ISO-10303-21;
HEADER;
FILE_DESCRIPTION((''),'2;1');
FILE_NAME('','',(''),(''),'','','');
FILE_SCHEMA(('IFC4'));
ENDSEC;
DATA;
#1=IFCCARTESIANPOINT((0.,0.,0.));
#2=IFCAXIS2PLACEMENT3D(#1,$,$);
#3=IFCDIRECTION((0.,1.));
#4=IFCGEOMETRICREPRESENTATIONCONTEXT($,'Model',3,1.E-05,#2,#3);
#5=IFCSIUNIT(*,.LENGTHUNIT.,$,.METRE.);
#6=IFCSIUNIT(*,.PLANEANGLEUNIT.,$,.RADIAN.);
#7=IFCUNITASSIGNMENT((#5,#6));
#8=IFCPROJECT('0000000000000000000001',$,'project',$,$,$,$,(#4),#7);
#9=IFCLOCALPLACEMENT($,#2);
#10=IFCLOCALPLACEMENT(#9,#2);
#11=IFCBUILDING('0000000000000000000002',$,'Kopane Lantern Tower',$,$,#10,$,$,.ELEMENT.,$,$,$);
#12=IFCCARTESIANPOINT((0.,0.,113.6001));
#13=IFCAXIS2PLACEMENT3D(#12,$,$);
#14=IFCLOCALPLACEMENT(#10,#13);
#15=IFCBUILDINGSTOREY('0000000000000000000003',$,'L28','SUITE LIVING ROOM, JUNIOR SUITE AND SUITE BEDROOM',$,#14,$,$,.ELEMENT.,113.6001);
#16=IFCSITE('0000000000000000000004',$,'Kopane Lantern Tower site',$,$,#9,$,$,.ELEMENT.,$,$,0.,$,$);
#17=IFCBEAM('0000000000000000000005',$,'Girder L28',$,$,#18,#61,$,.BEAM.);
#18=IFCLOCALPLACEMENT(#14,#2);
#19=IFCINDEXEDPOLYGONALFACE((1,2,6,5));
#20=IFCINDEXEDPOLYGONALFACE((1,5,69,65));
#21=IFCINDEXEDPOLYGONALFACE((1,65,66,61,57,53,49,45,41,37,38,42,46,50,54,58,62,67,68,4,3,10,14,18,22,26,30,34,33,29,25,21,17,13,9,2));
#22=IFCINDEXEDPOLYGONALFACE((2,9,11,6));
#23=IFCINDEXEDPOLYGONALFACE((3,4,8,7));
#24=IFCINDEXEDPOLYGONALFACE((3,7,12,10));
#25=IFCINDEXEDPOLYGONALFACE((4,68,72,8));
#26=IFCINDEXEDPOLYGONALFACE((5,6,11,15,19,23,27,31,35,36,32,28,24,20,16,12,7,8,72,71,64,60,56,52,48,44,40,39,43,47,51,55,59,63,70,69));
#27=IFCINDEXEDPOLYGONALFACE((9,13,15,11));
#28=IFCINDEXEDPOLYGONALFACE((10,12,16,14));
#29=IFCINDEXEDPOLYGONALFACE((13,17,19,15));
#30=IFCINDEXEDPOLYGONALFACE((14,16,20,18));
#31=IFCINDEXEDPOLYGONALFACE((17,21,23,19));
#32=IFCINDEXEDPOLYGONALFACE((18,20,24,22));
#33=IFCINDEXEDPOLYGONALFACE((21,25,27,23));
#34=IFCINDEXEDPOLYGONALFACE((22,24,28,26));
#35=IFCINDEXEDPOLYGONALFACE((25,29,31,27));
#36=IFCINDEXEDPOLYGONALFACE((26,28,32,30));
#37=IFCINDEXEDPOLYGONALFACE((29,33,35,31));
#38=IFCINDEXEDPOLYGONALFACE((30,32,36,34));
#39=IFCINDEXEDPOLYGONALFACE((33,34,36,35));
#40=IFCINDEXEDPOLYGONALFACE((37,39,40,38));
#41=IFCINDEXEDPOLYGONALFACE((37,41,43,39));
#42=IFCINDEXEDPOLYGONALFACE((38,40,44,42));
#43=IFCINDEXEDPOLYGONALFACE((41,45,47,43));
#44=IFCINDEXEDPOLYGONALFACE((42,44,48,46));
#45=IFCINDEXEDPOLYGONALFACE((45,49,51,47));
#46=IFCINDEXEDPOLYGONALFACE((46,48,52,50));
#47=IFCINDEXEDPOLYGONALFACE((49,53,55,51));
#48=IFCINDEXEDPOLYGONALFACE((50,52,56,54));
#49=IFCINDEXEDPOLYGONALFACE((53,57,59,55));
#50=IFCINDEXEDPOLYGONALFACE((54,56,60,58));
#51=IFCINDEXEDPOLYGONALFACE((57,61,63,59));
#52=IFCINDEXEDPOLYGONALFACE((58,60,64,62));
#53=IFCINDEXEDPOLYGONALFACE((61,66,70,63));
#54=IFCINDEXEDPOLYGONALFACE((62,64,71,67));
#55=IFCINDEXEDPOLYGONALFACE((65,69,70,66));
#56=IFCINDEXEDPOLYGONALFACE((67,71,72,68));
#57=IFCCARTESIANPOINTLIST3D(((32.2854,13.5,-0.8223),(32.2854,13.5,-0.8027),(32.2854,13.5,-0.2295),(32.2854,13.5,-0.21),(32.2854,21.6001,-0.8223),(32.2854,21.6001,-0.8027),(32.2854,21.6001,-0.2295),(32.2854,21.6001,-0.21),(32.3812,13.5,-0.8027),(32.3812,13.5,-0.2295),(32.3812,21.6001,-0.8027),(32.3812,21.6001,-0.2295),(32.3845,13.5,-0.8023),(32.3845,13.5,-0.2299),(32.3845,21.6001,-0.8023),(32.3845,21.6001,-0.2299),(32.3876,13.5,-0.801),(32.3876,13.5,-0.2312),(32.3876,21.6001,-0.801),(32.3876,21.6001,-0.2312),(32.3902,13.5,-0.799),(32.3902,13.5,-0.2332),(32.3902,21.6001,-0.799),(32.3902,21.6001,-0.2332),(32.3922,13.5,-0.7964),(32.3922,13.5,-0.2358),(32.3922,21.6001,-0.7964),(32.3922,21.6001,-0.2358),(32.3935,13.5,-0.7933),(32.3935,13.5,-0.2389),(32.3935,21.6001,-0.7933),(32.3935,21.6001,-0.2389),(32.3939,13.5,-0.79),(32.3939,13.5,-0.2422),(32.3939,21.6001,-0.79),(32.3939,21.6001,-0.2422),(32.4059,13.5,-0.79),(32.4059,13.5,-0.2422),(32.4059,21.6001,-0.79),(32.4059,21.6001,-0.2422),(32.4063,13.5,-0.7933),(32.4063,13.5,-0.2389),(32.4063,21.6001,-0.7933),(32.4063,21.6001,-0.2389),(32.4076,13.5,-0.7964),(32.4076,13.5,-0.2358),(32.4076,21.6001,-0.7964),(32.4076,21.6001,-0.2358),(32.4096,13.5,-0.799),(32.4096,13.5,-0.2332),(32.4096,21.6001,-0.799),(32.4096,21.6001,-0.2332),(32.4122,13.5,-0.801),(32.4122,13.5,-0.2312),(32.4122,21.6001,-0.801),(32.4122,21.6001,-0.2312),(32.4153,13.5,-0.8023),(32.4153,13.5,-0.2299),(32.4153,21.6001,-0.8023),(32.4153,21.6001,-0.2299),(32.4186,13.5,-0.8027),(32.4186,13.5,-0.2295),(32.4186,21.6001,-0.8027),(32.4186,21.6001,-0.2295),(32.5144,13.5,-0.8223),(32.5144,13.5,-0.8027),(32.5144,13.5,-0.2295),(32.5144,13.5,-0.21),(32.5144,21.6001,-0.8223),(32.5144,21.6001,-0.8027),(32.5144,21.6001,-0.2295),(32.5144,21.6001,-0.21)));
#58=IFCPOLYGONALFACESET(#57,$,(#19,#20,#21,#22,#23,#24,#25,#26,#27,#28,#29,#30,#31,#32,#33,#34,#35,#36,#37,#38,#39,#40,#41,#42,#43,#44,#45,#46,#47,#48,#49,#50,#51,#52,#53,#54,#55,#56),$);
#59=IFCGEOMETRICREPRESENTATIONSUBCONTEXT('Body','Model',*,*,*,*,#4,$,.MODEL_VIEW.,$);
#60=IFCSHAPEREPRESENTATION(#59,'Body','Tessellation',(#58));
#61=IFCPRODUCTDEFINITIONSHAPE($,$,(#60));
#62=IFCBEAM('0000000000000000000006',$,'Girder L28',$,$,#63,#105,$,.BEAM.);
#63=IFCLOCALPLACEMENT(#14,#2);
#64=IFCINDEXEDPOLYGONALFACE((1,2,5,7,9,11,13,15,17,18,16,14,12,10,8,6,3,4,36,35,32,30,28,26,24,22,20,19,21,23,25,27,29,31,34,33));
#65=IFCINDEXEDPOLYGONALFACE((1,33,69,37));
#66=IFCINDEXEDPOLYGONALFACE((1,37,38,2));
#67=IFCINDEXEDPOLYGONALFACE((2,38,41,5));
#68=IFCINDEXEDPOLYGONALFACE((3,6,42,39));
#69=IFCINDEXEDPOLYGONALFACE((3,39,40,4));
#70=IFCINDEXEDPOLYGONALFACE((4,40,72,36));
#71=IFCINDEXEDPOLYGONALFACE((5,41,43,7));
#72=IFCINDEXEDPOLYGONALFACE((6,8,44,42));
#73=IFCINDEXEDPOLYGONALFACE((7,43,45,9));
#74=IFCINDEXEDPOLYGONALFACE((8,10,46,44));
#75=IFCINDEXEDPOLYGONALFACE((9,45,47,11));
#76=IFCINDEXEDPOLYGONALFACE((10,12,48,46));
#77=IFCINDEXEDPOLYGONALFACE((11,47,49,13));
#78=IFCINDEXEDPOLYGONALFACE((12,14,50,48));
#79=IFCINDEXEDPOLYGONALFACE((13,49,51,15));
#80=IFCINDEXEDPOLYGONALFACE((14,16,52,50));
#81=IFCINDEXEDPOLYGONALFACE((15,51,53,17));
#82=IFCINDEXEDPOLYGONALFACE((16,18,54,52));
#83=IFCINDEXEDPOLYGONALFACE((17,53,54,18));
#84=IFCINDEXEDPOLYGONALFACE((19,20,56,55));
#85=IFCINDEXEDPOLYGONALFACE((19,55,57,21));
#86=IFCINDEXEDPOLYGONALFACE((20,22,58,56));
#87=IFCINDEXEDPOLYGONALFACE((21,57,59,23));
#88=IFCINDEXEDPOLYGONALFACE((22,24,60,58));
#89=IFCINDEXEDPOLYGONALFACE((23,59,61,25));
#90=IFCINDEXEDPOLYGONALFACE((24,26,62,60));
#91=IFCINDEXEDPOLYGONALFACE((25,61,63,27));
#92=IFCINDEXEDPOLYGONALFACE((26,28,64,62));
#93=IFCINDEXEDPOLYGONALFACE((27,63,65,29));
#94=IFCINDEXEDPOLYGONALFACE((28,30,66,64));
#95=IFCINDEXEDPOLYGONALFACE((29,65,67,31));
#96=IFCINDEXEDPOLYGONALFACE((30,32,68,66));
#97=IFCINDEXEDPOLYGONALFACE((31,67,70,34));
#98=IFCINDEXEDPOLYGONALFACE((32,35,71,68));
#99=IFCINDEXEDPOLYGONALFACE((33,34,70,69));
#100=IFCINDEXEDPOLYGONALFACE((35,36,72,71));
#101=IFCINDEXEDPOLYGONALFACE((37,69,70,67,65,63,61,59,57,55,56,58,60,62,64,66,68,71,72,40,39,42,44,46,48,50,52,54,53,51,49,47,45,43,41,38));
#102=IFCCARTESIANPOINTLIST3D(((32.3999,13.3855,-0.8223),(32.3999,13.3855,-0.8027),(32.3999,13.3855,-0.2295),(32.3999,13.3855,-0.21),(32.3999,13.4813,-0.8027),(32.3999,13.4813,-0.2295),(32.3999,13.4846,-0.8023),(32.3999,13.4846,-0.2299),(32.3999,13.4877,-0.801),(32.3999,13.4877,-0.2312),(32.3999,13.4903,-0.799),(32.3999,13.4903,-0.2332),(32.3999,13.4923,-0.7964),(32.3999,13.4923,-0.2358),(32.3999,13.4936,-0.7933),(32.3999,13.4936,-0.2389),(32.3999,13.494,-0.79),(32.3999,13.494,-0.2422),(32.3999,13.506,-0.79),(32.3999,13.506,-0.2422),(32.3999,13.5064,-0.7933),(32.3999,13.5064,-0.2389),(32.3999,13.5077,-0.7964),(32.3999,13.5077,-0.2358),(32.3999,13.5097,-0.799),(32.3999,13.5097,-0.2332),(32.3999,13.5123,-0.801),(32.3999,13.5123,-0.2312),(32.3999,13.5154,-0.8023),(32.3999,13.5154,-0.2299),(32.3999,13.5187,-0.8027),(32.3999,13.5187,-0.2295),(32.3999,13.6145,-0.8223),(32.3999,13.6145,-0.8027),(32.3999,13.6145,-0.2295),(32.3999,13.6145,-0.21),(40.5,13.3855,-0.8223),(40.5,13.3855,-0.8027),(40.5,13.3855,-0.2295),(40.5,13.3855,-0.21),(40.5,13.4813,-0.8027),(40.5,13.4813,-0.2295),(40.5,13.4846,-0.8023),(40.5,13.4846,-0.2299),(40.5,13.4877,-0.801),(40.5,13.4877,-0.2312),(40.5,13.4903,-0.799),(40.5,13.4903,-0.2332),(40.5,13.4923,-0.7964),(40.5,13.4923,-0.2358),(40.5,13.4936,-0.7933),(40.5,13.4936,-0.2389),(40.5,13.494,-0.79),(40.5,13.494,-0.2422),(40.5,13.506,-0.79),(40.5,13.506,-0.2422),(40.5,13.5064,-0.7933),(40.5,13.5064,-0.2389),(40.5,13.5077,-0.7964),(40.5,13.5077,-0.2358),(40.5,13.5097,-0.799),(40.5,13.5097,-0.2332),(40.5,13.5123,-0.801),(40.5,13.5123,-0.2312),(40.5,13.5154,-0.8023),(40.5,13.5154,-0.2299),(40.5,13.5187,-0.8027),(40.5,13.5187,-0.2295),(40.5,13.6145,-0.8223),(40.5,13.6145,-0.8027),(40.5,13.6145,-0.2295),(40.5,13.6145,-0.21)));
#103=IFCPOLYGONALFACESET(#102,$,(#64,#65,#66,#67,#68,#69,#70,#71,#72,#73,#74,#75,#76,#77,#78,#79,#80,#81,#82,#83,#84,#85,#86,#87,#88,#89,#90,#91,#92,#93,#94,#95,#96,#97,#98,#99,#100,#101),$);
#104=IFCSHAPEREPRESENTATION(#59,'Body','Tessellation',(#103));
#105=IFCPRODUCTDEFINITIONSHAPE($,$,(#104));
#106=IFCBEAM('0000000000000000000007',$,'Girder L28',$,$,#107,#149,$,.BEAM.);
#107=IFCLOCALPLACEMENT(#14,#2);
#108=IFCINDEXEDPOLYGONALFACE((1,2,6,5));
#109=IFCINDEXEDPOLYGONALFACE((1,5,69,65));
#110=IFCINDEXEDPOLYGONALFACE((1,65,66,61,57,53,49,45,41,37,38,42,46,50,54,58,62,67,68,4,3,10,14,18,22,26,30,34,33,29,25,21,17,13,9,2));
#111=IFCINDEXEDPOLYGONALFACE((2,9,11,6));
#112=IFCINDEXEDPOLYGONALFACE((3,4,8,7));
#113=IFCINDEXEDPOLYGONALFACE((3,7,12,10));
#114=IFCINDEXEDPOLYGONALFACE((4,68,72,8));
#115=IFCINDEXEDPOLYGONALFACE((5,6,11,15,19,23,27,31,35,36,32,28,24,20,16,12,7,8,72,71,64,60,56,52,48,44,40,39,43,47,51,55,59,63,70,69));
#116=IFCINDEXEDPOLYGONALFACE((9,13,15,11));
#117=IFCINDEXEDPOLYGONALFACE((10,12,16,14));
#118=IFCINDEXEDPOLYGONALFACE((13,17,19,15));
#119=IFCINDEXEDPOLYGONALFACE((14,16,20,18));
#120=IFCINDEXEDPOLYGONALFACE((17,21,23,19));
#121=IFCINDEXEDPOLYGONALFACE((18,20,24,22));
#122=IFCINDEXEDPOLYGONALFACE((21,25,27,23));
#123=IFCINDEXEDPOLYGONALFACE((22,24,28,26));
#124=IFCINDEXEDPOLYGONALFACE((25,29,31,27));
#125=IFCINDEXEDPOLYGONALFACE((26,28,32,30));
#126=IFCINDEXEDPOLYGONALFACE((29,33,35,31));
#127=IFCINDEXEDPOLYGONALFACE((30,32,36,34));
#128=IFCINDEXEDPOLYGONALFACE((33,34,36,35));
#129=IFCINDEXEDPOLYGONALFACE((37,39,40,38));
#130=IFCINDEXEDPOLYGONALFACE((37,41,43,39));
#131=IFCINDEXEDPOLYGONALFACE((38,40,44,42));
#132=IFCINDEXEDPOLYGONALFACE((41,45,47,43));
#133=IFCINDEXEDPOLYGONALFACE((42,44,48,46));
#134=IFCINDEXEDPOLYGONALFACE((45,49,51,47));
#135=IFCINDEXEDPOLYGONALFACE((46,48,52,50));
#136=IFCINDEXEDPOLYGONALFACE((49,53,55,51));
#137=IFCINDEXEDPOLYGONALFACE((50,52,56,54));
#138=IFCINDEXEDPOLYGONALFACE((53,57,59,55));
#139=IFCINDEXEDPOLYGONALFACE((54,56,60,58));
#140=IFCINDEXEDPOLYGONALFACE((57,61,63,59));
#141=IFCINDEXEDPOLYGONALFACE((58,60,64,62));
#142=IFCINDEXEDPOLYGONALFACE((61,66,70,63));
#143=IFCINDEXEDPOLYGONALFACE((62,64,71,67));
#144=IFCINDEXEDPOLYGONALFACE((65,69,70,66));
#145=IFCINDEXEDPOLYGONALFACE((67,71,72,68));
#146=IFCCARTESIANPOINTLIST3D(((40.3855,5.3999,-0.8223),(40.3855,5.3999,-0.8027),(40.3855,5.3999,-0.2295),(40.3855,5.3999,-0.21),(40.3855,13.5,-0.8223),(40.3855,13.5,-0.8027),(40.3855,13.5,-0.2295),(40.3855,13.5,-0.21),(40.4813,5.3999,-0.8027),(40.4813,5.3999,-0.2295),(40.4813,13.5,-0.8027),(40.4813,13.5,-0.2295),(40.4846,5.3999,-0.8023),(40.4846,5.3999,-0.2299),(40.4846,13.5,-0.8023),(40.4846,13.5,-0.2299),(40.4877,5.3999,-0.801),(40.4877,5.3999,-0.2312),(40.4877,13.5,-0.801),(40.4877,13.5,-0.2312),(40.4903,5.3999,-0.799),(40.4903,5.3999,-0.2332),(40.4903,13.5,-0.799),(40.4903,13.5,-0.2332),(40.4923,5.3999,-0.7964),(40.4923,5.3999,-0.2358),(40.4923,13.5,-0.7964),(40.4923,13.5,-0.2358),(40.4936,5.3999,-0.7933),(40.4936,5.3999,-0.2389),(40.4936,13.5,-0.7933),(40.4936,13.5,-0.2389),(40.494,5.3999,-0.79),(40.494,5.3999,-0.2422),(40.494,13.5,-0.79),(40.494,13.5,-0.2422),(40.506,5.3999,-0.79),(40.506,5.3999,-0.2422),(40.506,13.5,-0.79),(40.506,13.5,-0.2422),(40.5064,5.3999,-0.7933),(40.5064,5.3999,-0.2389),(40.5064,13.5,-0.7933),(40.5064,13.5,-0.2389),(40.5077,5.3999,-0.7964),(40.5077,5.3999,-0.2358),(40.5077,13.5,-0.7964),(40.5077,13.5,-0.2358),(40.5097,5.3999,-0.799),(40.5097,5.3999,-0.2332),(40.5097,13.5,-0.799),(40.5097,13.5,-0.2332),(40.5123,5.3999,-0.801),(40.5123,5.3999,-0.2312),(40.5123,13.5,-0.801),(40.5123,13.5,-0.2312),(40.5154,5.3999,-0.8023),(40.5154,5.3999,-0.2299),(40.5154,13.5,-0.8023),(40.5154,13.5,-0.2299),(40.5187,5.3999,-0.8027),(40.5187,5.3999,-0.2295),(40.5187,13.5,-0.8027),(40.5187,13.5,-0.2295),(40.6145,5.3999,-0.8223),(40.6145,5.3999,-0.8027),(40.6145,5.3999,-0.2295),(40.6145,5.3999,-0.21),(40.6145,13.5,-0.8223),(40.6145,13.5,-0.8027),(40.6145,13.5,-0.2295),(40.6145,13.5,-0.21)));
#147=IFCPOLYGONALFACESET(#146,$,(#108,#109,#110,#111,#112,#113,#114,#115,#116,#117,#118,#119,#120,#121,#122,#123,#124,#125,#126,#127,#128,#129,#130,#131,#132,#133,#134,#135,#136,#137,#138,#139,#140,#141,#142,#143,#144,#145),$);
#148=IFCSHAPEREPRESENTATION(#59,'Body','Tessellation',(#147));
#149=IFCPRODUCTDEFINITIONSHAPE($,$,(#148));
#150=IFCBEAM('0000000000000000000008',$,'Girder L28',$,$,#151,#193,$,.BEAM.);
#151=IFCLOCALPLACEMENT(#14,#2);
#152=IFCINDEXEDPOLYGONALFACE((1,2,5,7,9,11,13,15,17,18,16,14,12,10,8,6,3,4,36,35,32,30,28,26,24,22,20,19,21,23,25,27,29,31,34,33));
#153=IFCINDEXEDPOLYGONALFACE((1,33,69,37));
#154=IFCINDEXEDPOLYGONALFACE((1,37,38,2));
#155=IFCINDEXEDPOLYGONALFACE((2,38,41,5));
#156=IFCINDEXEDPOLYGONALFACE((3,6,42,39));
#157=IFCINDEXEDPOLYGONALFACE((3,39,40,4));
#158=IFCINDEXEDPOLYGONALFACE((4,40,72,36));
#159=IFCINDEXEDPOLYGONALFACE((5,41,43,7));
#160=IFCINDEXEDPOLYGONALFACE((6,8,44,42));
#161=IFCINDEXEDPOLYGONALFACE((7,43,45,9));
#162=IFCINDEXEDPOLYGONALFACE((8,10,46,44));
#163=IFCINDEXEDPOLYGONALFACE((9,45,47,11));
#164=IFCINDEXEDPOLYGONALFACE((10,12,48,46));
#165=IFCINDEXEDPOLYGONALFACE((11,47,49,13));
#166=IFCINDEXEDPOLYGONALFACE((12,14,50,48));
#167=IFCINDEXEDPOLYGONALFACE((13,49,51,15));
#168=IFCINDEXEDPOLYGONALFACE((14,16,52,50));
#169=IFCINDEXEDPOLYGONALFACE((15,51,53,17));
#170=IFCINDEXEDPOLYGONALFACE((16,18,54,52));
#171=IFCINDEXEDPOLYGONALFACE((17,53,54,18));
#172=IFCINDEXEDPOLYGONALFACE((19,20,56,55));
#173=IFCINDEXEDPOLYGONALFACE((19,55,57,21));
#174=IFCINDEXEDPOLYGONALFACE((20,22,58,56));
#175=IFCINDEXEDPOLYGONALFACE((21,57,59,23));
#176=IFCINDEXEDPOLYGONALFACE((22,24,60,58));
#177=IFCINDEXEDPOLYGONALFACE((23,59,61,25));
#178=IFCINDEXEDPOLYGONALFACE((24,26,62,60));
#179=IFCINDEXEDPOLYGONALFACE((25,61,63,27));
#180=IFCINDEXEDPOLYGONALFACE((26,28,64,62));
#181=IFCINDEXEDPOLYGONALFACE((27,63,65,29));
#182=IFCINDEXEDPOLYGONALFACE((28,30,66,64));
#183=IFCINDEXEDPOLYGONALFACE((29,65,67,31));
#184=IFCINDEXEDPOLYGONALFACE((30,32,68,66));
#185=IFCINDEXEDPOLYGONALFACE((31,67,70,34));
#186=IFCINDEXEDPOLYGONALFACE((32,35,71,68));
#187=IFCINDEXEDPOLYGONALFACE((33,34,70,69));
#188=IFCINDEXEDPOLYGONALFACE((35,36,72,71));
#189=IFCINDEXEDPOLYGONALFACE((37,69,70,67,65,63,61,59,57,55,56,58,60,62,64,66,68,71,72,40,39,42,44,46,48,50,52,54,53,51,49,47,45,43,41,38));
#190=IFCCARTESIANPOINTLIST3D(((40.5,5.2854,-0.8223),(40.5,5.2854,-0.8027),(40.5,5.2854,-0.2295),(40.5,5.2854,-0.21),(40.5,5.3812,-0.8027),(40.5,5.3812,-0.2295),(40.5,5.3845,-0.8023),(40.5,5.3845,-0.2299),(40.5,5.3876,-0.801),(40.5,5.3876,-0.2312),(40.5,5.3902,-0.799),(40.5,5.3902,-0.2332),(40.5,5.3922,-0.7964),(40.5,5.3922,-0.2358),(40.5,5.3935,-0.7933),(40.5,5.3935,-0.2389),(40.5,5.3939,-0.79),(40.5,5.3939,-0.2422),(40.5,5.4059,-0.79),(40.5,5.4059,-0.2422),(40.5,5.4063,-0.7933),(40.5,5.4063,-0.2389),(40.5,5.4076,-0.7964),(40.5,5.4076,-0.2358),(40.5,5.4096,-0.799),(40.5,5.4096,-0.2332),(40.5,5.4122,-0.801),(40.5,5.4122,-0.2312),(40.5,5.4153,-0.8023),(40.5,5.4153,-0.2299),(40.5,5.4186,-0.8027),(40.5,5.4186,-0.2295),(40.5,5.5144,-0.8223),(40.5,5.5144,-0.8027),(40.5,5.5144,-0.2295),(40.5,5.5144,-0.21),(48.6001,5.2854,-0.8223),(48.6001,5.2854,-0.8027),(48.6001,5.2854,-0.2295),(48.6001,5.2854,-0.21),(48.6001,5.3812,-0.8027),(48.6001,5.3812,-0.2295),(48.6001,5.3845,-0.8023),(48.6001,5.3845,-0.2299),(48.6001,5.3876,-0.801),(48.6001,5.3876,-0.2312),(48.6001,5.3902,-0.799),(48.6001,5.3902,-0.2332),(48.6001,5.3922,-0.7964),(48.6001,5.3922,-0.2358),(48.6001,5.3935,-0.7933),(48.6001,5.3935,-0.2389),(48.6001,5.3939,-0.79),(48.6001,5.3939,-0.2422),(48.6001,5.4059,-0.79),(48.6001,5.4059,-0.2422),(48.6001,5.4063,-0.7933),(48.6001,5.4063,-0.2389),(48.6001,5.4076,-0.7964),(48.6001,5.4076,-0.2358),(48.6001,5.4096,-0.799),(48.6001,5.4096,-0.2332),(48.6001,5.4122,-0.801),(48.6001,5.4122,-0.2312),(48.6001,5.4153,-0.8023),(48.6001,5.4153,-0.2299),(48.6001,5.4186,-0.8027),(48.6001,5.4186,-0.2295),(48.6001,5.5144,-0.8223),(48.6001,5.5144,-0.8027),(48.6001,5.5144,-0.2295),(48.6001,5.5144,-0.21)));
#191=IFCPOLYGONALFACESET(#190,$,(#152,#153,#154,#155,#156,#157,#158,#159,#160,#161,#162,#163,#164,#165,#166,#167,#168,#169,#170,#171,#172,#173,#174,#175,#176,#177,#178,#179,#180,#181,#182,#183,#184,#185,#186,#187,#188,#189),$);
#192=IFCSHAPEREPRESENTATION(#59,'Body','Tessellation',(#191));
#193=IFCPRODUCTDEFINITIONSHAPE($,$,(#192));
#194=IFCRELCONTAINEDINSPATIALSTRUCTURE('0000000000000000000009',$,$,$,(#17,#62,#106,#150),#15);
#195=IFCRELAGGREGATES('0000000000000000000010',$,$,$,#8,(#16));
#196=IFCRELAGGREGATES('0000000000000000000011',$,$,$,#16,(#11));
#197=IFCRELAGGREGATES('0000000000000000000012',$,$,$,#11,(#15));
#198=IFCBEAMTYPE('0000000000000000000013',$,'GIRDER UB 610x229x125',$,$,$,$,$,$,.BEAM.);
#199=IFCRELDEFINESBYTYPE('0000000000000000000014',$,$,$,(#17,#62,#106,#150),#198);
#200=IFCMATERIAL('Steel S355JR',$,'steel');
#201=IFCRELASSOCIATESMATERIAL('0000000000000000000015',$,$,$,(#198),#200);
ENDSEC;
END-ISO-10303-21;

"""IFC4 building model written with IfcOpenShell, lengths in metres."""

from ifc_helpers import new_model, si_unit, direction, frame, origin, origin_2d, place, context, subcontext, project, spatial, i_section, extrude, material, material_profile, profile_set, type_object, element, save


model = new_model("IFC4")

# Units and contexts
model_context = context("Model", 3, precision=1e-05, world=origin(), true_north=direction((0.0, 1.0)))
body_context = subcontext(model_context, "Body", "Model", "MODEL_VIEW")
ifc_project = project(units=[si_unit("LENGTHUNIT", "METRE"), si_unit("PLANEANGLEUNIT", "RADIAN")], contexts=[model_context])

# Site, building, storey
site_placement = place(None, origin())
site = spatial("IfcSite", under=ifc_project, at=site_placement, Name="Kopane Lantern Tower site", CompositionType="ELEMENT", RefElevation=0.0)
building_placement = place(site_placement, origin())
building = spatial("IfcBuilding", under=site, at=building_placement, Name="Kopane Lantern Tower", CompositionType="ELEMENT")
storey_placement = place(building_placement, frame((0.0, 0.0, 113.6001)))
storey = spatial("IfcBuildingStorey", under=building, at=storey_placement, Name="L28", Description="SUITE LIVING ROOM, JUNIOR SUITE AND SUITE BEDROOM", CompositionType="ELEMENT", Elevation=113.6001)

# Beams
ifc_material_1 = material(Name="Steel S355JR", Category="steel")
ifc_material_profile_1 = material_profile(ifc_material_1, i_section(OverallWidth=0.229, OverallDepth=0.6123, WebThickness=0.012, FlangeThickness=0.0195, FilletRadius=0.0127, at=origin_2d()), Name="UB 610x229x125")
ifc_profile_set_1 = profile_set([ifc_material_profile_1], Name="Steel S355JR")
beam_type = type_object("IfcBeamType", Name="GIRDER UB 610x229x125", PredefinedType="BEAM", material=ifc_profile_set_1)
for number, where, z_axis, x_axis, name in (
    (1, (32.3999, 13.5, -0.5161), (0.0, 1.0, 0.0), (-1.0, 0.0, 0.0), "Girder L28"),
    (2, (32.3999, 13.5, -0.5161), (1.0, 0.0, 0.0), (0.0, 1.0, 0.0), "Girder L28"),
    (3, (40.5, 5.3999, -0.5161), (0.0, 1.0, 0.0), (-1.0, 0.0, 0.0), "Girder L28"),
    (4, (40.5, 5.3999, -0.5161), (1.0, 0.0, 0.0), (0.0, 1.0, 0.0), "Girder L28"),
):
    element("IfcBeam", number, at=place(storey_placement, frame(where, z_axis=z_axis, x_axis=x_axis)), inside=storey, type_object=beam_type, Name=name, PredefinedType="BEAM", context=body_context, shape_type="SweptSolid", body=[
        extrude(i_section(OverallWidth=0.229, OverallDepth=0.6123, WebThickness=0.012, FlangeThickness=0.0195, FilletRadius=0.0127, at=origin_2d()), origin(), (0.0, 0.0, 1.0), 8.1001),
    ])

save(model, "model.ifc")
